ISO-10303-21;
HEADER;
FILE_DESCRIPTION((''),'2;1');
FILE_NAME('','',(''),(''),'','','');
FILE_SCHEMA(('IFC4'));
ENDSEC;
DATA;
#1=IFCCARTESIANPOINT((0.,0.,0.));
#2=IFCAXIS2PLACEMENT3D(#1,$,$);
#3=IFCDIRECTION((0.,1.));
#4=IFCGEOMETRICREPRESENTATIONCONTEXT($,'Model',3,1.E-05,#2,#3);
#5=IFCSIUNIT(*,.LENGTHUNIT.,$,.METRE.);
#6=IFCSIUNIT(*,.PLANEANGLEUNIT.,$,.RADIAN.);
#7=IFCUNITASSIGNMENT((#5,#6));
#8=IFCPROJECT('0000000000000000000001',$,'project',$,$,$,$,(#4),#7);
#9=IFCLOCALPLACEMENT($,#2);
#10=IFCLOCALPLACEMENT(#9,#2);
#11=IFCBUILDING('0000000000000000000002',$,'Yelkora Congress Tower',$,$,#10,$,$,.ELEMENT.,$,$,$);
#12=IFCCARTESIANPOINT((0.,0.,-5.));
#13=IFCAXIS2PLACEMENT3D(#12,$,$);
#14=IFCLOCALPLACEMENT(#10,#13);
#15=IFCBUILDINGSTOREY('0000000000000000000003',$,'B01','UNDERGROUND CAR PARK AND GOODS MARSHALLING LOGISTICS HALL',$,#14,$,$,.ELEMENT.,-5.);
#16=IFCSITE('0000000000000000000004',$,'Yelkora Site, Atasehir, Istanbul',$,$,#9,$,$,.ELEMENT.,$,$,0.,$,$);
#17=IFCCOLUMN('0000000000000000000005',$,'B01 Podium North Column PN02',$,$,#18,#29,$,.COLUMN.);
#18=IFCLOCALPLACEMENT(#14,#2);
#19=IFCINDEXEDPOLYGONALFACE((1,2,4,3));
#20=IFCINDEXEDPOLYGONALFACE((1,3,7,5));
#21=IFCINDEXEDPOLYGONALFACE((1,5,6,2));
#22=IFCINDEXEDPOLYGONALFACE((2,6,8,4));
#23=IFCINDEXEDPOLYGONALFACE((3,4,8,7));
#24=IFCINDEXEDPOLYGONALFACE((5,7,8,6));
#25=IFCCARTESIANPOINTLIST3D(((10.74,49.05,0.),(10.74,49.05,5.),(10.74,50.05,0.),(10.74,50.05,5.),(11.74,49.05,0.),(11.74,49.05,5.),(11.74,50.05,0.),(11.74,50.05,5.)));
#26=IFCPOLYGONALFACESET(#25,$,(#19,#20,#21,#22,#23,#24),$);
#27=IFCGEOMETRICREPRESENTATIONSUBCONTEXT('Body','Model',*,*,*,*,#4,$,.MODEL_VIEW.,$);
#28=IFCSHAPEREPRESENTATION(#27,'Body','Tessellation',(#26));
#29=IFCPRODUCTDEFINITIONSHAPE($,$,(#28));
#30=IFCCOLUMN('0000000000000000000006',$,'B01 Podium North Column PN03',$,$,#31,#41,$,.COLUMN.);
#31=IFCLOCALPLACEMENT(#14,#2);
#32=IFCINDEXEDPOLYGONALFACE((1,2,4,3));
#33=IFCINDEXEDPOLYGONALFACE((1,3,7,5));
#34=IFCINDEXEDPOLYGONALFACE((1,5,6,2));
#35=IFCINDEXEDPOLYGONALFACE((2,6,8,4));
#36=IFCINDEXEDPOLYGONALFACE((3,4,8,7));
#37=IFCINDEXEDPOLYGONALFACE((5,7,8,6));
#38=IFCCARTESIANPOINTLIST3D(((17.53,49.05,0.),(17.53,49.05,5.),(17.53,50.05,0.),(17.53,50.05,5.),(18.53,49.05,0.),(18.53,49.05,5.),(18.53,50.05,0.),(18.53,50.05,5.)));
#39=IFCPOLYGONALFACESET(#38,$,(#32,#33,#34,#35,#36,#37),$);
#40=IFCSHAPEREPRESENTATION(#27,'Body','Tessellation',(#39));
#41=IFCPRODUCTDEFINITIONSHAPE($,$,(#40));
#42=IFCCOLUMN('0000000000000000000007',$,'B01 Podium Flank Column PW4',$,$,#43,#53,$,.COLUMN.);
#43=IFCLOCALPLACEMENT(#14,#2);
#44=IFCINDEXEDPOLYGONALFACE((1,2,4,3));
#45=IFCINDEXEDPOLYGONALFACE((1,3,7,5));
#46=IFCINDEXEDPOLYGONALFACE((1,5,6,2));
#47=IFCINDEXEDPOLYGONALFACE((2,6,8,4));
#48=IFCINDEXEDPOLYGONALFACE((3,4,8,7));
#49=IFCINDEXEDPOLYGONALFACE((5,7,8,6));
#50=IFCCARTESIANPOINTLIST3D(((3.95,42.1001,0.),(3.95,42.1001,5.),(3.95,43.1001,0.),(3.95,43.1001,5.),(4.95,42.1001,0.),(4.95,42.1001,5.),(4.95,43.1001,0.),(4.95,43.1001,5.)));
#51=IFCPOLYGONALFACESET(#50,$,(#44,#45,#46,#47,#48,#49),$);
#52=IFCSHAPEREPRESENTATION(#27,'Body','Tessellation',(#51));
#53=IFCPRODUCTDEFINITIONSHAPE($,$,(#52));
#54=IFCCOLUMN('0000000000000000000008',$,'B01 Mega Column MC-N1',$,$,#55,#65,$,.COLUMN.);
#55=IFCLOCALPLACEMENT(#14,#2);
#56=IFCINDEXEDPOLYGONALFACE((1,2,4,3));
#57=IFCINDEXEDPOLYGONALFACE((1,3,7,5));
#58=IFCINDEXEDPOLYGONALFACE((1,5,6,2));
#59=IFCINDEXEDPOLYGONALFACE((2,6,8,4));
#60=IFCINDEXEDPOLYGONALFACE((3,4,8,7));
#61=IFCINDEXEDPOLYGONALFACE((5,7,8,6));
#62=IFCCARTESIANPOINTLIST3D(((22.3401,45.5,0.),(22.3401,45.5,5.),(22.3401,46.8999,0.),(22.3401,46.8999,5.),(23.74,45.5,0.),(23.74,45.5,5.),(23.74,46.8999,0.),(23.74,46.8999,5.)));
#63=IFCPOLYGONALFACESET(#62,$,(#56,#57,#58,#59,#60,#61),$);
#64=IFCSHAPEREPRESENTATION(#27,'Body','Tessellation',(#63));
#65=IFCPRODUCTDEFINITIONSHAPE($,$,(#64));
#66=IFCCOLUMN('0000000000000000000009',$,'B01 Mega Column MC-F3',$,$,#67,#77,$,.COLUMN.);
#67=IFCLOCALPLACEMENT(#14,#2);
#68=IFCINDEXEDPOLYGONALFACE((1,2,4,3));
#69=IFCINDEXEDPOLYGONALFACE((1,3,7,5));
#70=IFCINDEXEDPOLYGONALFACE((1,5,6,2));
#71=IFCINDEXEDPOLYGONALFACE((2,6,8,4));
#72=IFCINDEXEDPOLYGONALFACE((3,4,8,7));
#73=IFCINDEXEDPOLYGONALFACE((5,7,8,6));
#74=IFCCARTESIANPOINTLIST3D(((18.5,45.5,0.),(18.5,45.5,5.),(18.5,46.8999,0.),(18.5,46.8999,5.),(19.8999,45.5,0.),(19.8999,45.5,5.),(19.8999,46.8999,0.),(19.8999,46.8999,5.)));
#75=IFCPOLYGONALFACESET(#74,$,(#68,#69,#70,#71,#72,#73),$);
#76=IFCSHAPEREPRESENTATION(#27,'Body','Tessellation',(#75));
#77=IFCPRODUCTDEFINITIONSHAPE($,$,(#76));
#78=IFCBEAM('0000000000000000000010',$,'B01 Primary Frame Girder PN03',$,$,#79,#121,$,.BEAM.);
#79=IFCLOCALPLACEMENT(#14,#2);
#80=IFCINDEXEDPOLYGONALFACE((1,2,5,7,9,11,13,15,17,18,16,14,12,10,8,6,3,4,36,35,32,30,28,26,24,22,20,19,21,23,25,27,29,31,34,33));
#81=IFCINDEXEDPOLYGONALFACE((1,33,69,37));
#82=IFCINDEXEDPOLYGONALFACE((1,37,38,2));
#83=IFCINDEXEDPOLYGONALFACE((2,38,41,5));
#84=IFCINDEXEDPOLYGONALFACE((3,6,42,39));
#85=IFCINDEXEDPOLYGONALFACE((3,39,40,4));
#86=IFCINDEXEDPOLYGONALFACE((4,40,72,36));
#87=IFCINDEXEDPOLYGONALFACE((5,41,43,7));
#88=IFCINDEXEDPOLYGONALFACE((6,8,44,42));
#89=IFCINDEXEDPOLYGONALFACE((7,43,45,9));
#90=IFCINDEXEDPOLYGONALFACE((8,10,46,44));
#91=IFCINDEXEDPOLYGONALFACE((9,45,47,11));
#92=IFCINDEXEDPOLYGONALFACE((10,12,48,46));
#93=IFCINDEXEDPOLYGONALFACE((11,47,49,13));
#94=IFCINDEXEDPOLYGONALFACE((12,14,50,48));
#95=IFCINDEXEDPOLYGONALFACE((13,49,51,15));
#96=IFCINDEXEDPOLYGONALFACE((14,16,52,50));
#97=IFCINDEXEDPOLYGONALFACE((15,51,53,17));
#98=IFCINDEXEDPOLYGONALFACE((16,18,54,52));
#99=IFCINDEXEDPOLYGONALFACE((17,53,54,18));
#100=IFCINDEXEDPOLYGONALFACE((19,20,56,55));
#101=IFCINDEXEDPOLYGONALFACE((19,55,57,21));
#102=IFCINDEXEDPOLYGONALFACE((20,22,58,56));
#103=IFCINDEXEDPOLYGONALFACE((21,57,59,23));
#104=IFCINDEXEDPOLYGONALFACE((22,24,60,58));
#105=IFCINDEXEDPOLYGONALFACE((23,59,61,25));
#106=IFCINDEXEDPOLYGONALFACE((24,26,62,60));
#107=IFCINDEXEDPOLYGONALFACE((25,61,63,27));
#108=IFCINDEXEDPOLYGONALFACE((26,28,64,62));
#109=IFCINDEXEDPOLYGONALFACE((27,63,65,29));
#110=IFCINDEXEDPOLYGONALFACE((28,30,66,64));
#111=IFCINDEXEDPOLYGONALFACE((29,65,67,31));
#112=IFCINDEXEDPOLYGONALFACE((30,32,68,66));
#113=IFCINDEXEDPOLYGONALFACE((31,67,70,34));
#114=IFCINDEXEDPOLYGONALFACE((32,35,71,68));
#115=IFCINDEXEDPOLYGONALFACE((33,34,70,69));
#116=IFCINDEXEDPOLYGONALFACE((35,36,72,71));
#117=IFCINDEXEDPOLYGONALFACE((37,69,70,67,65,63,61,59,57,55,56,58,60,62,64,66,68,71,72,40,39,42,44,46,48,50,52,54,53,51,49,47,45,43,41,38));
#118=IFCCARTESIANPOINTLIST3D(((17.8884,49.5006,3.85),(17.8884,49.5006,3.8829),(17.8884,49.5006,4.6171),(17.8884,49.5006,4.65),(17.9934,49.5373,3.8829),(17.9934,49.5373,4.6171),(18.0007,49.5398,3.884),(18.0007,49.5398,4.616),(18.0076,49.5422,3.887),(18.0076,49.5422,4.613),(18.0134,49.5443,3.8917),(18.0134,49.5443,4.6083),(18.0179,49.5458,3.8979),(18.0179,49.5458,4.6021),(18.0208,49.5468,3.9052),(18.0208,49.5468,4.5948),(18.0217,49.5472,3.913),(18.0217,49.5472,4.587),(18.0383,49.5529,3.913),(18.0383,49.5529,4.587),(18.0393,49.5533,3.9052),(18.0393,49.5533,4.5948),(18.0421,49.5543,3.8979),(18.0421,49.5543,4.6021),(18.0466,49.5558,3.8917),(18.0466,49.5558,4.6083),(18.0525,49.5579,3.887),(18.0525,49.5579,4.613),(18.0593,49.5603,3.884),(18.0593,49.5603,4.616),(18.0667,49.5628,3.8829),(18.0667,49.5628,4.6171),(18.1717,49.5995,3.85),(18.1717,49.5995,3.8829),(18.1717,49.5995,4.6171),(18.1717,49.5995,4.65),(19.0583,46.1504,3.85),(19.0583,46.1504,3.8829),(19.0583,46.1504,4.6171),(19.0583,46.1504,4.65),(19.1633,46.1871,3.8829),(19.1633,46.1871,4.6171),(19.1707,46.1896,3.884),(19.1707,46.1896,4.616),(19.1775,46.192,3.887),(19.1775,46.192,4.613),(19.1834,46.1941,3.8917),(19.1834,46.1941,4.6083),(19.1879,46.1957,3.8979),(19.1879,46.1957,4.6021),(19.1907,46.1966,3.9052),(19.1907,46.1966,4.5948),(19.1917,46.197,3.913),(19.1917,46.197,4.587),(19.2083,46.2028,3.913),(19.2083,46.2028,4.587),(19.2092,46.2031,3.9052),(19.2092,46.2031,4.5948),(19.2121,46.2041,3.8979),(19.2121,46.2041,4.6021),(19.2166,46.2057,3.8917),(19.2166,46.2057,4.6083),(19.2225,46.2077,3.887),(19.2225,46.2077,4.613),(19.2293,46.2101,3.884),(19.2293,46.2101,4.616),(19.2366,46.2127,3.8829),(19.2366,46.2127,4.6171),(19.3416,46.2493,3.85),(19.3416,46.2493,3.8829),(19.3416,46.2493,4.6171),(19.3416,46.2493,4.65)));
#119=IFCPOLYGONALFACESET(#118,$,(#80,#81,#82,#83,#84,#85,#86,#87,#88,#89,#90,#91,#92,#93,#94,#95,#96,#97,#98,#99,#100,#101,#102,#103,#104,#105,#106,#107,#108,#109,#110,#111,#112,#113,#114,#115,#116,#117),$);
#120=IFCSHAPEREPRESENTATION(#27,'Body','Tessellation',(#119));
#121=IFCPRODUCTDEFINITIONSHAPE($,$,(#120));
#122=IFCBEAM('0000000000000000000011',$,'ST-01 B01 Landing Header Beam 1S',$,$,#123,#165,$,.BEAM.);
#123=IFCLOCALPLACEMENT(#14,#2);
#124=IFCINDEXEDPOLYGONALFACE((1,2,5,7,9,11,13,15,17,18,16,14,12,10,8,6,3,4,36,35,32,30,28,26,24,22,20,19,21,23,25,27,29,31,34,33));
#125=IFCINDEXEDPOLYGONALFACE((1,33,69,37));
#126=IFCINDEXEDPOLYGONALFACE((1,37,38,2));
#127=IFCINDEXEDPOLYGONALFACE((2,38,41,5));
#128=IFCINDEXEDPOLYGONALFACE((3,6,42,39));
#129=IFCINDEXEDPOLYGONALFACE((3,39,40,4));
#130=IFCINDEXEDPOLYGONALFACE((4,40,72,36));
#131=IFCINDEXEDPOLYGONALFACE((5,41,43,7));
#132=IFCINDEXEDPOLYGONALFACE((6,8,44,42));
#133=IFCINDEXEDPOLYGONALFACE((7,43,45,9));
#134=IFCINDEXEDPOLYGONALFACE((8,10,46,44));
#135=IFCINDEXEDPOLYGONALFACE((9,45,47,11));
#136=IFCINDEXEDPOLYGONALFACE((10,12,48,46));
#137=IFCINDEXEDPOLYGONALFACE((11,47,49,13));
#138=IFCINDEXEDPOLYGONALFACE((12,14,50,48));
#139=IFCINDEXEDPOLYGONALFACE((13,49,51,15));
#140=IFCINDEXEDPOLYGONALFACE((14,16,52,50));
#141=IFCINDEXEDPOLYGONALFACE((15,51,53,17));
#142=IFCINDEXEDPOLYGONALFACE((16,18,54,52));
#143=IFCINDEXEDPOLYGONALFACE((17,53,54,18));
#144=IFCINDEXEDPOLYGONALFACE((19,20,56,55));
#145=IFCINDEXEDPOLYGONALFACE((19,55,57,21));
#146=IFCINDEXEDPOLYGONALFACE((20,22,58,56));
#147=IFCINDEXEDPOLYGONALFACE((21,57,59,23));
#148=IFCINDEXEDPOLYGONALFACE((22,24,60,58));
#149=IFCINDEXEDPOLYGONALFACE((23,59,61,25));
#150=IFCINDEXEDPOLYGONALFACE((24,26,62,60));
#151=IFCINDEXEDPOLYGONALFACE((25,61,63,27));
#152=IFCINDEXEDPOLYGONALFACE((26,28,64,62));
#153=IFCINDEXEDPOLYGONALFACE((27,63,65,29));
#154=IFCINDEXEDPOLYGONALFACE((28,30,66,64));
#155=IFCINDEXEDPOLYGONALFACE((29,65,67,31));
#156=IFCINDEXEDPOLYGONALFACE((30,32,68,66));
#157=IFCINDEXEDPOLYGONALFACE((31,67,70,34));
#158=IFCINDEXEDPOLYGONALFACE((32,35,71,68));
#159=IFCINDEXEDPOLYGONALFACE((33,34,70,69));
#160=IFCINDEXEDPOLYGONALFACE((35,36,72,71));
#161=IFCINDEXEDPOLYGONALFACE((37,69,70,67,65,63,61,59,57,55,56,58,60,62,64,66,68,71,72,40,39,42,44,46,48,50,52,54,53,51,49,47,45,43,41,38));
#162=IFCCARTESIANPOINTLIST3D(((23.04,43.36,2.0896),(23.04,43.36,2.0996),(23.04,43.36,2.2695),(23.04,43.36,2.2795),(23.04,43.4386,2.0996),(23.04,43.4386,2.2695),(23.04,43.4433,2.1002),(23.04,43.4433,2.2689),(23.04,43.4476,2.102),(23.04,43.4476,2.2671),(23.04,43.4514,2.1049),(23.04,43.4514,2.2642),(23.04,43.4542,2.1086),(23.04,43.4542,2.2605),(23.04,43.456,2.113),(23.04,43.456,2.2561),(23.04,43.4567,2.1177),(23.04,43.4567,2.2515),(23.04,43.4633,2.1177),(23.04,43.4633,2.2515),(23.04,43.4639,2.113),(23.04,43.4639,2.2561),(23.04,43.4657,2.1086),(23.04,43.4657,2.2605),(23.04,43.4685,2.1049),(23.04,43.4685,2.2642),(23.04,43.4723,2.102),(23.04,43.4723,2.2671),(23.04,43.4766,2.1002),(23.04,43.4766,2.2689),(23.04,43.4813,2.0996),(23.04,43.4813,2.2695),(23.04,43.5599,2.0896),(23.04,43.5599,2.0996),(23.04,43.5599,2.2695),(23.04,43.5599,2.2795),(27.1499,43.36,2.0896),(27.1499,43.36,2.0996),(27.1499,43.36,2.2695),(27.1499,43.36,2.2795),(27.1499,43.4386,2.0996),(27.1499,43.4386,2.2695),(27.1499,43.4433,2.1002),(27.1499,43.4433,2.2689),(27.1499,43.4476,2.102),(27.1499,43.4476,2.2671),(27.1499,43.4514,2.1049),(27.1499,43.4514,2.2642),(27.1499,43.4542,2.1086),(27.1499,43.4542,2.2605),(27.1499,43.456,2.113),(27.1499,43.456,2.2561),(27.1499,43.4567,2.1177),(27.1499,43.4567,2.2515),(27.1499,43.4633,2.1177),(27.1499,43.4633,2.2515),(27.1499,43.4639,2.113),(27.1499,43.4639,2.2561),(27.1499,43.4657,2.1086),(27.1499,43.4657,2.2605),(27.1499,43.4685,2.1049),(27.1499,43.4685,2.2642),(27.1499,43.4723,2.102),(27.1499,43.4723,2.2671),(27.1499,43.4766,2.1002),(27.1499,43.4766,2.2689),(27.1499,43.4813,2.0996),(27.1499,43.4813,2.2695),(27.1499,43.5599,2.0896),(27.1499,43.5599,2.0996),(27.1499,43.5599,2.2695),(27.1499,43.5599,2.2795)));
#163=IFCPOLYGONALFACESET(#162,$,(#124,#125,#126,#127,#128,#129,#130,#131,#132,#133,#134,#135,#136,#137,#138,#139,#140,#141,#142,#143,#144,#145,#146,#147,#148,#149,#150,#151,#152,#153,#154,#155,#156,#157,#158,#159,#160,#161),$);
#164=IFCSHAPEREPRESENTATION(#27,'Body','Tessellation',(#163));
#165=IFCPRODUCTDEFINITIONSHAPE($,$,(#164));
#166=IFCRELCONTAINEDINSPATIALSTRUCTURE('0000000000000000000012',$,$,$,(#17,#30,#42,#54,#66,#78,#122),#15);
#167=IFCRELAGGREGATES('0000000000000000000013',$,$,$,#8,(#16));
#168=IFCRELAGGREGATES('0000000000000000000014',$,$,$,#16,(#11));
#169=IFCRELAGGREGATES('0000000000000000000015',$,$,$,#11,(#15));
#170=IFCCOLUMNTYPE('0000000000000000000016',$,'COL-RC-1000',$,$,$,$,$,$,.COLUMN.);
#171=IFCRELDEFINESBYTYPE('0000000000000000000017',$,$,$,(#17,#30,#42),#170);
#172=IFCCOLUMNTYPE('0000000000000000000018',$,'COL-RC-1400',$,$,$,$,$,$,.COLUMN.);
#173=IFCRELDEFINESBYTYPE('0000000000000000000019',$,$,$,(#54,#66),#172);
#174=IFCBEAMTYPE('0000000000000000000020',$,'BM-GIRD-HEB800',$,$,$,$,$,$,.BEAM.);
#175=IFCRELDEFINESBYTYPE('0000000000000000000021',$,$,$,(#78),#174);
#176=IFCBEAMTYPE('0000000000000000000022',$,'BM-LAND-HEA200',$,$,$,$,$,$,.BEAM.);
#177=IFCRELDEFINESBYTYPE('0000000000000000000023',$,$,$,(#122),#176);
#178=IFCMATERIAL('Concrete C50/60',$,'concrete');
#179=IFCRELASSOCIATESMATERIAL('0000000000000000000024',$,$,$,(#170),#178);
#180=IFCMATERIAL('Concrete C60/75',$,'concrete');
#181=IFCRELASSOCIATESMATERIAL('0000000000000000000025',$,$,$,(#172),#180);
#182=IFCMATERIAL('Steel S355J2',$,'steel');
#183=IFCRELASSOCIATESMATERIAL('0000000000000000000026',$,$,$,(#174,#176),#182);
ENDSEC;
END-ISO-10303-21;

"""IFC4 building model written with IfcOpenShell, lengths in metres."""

from ifc_helpers import new_model, si_unit, direction, frame, origin, origin_2d, place, context, subcontext, project, spatial, rectangle, i_section, extrude, material, material_profile, profile_set, type_object, element, save


model = new_model("IFC4")

# Units and contexts
model_context = context("Model", 3, precision=1e-05, world=origin(), true_north=direction((0.0, 1.0)))
body_context = subcontext(model_context, "Body", "Model", "MODEL_VIEW")
ifc_project = project(units=[si_unit("LENGTHUNIT", "METRE"), si_unit("PLANEANGLEUNIT", "RADIAN")], contexts=[model_context])

# Site, building, storey
site_placement = place(None, origin())
site = spatial("IfcSite", under=ifc_project, at=site_placement, Name="Yelkora Site, Atasehir, Istanbul", CompositionType="ELEMENT", RefElevation=0.0)
building_placement = place(site_placement, origin())
building = spatial("IfcBuilding", under=site, at=building_placement, Name="Yelkora Congress Tower", CompositionType="ELEMENT")
storey_placement = place(building_placement, frame((0.0, 0.0, -5.0)))
storey = spatial("IfcBuildingStorey", under=building, at=storey_placement, Name="B01", Description="UNDERGROUND CAR PARK AND GOODS MARSHALLING LOGISTICS HALL", CompositionType="ELEMENT", Elevation=-5.0)

# Columns
ifc_material_1 = material(Name="Concrete C50/60", Category="concrete")
ifc_material_profile_1 = material_profile(ifc_material_1, rectangle(XDim=1.0, YDim=1.0, at=origin_2d()), Name="RC 1000x1000")
ifc_profile_set_1 = profile_set([ifc_material_profile_1], Name="Concrete C50/60")
column_type_1 = type_object("IfcColumnType", Name="COL-RC-1000", PredefinedType="COLUMN", material=ifc_profile_set_1)
for number, where, z_axis, x_axis, name in (
    (1, (11.24, 49.55, 0.0), (0.0, 0.0, 1.0), (1.0, 0.0, 0.0), "B01 Podium North Column PN02"),
    (2, (18.03, 49.55, 0.0), (0.0, 0.0, 1.0), (1.0, 0.0, 0.0), "B01 Podium North Column PN03"),
    (3, (4.45, 42.6001, 0.0), (0.0, 0.0, 1.0), (1.0, 0.0, 0.0), "B01 Podium Flank Column PW4"),
):
    element("IfcColumn", number, at=place(storey_placement, frame(where, z_axis=z_axis, x_axis=x_axis)), inside=storey, type_object=column_type_1, Name=name, PredefinedType="COLUMN", context=body_context, shape_type="SweptSolid", body=[
        extrude(rectangle(XDim=1.0, YDim=1.0, at=origin_2d()), origin(), (0.0, 0.0, 1.0), 5.0),
    ])
ifc_material_2 = material(Name="Concrete C60/75", Category="concrete")
ifc_material_profile_2 = material_profile(ifc_material_2, rectangle(XDim=1.3999, YDim=1.3999, at=origin_2d()), Name="RC 1400x1400")
ifc_profile_set_2 = profile_set([ifc_material_profile_2], Name="Concrete C60/75")
column_type_2 = type_object("IfcColumnType", Name="COL-RC-1400", PredefinedType="COLUMN", material=ifc_profile_set_2)
for number, where, z_axis, x_axis, name in (
    (4, (23.04, 46.2, 0.0), (0.0, 0.0, 1.0), (1.0, 0.0, 0.0), "B01 Mega Column MC-N1"),
    (5, (19.2, 46.2, 0.0), (0.0, 0.0, 1.0), (1.0, 0.0, 0.0), "B01 Mega Column MC-F3"),
):
    element("IfcColumn", number, at=place(storey_placement, frame(where, z_axis=z_axis, x_axis=x_axis)), inside=storey, type_object=column_type_2, Name=name, PredefinedType="COLUMN", context=body_context, shape_type="SweptSolid", body=[
        extrude(rectangle(XDim=1.3999, YDim=1.3999, at=origin_2d()), origin(), (0.0, 0.0, 1.0), 5.0),
    ])

# Beams
ifc_material_3 = material(Name="Steel S355J2", Category="steel")
ifc_material_profile_3 = material_profile(ifc_material_3, i_section(OverallWidth=0.3, OverallDepth=0.8, WebThickness=0.0176, FlangeThickness=0.033, FilletRadius=0.03, at=origin_2d()), Name="HEB 800")
ifc_profile_set_3 = profile_set([ifc_material_profile_3], Name="Steel S355J2")
beam_type_1 = type_object("IfcBeamType", Name="BM-GIRD-HEB800", PredefinedType="BEAM", material=ifc_profile_set_3)
beam_1_placement = place(storey_placement, frame((18.03, 49.55, 4.25), z_axis=(0.329695, -0.944088, 0.0), x_axis=(0.944088, 0.329695, 0.0)))
element("IfcBeam", 6, at=beam_1_placement, inside=storey, type_object=beam_type_1, Name="B01 Primary Frame Girder PN03", PredefinedType="BEAM", context=body_context, shape_type="SweptSolid", body=[
    extrude(i_section(OverallWidth=0.3, OverallDepth=0.8, WebThickness=0.0176, FlangeThickness=0.033, FilletRadius=0.03, at=origin_2d()), origin(), (0.0, 0.0, 1.0), 3.5486),
])
ifc_material_profile_4 = material_profile(ifc_material_3, i_section(OverallWidth=0.2, OverallDepth=0.1899, WebThickness=0.0066, FlangeThickness=0.01, FilletRadius=0.0181, at=origin_2d()), Name="HEA 200")
ifc_profile_set_4 = profile_set([ifc_material_profile_4], Name="Steel S355J2")
beam_type_2 = type_object("IfcBeamType", Name="BM-LAND-HEA200", PredefinedType="BEAM", material=ifc_profile_set_4)
for number, where, z_axis, x_axis, name in (
    (7, (23.04, 43.46, 2.1846), (1.0, 0.0, 0.0), (0.0, 1.0, 0.0), "ST-01 B01 Landing Header Beam 1S"),
):
    element("IfcBeam", number, at=place(storey_placement, frame(where, z_axis=z_axis, x_axis=x_axis)), inside=storey, type_object=beam_type_2, Name=name, PredefinedType="BEAM", context=body_context, shape_type="SweptSolid", body=[
        extrude(i_section(OverallWidth=0.2, OverallDepth=0.1899, WebThickness=0.0066, FlangeThickness=0.01, FilletRadius=0.0181, at=origin_2d()), origin(), (0.0, 0.0, 1.0), 4.1099),
    ])

save(model, "model.ifc")
